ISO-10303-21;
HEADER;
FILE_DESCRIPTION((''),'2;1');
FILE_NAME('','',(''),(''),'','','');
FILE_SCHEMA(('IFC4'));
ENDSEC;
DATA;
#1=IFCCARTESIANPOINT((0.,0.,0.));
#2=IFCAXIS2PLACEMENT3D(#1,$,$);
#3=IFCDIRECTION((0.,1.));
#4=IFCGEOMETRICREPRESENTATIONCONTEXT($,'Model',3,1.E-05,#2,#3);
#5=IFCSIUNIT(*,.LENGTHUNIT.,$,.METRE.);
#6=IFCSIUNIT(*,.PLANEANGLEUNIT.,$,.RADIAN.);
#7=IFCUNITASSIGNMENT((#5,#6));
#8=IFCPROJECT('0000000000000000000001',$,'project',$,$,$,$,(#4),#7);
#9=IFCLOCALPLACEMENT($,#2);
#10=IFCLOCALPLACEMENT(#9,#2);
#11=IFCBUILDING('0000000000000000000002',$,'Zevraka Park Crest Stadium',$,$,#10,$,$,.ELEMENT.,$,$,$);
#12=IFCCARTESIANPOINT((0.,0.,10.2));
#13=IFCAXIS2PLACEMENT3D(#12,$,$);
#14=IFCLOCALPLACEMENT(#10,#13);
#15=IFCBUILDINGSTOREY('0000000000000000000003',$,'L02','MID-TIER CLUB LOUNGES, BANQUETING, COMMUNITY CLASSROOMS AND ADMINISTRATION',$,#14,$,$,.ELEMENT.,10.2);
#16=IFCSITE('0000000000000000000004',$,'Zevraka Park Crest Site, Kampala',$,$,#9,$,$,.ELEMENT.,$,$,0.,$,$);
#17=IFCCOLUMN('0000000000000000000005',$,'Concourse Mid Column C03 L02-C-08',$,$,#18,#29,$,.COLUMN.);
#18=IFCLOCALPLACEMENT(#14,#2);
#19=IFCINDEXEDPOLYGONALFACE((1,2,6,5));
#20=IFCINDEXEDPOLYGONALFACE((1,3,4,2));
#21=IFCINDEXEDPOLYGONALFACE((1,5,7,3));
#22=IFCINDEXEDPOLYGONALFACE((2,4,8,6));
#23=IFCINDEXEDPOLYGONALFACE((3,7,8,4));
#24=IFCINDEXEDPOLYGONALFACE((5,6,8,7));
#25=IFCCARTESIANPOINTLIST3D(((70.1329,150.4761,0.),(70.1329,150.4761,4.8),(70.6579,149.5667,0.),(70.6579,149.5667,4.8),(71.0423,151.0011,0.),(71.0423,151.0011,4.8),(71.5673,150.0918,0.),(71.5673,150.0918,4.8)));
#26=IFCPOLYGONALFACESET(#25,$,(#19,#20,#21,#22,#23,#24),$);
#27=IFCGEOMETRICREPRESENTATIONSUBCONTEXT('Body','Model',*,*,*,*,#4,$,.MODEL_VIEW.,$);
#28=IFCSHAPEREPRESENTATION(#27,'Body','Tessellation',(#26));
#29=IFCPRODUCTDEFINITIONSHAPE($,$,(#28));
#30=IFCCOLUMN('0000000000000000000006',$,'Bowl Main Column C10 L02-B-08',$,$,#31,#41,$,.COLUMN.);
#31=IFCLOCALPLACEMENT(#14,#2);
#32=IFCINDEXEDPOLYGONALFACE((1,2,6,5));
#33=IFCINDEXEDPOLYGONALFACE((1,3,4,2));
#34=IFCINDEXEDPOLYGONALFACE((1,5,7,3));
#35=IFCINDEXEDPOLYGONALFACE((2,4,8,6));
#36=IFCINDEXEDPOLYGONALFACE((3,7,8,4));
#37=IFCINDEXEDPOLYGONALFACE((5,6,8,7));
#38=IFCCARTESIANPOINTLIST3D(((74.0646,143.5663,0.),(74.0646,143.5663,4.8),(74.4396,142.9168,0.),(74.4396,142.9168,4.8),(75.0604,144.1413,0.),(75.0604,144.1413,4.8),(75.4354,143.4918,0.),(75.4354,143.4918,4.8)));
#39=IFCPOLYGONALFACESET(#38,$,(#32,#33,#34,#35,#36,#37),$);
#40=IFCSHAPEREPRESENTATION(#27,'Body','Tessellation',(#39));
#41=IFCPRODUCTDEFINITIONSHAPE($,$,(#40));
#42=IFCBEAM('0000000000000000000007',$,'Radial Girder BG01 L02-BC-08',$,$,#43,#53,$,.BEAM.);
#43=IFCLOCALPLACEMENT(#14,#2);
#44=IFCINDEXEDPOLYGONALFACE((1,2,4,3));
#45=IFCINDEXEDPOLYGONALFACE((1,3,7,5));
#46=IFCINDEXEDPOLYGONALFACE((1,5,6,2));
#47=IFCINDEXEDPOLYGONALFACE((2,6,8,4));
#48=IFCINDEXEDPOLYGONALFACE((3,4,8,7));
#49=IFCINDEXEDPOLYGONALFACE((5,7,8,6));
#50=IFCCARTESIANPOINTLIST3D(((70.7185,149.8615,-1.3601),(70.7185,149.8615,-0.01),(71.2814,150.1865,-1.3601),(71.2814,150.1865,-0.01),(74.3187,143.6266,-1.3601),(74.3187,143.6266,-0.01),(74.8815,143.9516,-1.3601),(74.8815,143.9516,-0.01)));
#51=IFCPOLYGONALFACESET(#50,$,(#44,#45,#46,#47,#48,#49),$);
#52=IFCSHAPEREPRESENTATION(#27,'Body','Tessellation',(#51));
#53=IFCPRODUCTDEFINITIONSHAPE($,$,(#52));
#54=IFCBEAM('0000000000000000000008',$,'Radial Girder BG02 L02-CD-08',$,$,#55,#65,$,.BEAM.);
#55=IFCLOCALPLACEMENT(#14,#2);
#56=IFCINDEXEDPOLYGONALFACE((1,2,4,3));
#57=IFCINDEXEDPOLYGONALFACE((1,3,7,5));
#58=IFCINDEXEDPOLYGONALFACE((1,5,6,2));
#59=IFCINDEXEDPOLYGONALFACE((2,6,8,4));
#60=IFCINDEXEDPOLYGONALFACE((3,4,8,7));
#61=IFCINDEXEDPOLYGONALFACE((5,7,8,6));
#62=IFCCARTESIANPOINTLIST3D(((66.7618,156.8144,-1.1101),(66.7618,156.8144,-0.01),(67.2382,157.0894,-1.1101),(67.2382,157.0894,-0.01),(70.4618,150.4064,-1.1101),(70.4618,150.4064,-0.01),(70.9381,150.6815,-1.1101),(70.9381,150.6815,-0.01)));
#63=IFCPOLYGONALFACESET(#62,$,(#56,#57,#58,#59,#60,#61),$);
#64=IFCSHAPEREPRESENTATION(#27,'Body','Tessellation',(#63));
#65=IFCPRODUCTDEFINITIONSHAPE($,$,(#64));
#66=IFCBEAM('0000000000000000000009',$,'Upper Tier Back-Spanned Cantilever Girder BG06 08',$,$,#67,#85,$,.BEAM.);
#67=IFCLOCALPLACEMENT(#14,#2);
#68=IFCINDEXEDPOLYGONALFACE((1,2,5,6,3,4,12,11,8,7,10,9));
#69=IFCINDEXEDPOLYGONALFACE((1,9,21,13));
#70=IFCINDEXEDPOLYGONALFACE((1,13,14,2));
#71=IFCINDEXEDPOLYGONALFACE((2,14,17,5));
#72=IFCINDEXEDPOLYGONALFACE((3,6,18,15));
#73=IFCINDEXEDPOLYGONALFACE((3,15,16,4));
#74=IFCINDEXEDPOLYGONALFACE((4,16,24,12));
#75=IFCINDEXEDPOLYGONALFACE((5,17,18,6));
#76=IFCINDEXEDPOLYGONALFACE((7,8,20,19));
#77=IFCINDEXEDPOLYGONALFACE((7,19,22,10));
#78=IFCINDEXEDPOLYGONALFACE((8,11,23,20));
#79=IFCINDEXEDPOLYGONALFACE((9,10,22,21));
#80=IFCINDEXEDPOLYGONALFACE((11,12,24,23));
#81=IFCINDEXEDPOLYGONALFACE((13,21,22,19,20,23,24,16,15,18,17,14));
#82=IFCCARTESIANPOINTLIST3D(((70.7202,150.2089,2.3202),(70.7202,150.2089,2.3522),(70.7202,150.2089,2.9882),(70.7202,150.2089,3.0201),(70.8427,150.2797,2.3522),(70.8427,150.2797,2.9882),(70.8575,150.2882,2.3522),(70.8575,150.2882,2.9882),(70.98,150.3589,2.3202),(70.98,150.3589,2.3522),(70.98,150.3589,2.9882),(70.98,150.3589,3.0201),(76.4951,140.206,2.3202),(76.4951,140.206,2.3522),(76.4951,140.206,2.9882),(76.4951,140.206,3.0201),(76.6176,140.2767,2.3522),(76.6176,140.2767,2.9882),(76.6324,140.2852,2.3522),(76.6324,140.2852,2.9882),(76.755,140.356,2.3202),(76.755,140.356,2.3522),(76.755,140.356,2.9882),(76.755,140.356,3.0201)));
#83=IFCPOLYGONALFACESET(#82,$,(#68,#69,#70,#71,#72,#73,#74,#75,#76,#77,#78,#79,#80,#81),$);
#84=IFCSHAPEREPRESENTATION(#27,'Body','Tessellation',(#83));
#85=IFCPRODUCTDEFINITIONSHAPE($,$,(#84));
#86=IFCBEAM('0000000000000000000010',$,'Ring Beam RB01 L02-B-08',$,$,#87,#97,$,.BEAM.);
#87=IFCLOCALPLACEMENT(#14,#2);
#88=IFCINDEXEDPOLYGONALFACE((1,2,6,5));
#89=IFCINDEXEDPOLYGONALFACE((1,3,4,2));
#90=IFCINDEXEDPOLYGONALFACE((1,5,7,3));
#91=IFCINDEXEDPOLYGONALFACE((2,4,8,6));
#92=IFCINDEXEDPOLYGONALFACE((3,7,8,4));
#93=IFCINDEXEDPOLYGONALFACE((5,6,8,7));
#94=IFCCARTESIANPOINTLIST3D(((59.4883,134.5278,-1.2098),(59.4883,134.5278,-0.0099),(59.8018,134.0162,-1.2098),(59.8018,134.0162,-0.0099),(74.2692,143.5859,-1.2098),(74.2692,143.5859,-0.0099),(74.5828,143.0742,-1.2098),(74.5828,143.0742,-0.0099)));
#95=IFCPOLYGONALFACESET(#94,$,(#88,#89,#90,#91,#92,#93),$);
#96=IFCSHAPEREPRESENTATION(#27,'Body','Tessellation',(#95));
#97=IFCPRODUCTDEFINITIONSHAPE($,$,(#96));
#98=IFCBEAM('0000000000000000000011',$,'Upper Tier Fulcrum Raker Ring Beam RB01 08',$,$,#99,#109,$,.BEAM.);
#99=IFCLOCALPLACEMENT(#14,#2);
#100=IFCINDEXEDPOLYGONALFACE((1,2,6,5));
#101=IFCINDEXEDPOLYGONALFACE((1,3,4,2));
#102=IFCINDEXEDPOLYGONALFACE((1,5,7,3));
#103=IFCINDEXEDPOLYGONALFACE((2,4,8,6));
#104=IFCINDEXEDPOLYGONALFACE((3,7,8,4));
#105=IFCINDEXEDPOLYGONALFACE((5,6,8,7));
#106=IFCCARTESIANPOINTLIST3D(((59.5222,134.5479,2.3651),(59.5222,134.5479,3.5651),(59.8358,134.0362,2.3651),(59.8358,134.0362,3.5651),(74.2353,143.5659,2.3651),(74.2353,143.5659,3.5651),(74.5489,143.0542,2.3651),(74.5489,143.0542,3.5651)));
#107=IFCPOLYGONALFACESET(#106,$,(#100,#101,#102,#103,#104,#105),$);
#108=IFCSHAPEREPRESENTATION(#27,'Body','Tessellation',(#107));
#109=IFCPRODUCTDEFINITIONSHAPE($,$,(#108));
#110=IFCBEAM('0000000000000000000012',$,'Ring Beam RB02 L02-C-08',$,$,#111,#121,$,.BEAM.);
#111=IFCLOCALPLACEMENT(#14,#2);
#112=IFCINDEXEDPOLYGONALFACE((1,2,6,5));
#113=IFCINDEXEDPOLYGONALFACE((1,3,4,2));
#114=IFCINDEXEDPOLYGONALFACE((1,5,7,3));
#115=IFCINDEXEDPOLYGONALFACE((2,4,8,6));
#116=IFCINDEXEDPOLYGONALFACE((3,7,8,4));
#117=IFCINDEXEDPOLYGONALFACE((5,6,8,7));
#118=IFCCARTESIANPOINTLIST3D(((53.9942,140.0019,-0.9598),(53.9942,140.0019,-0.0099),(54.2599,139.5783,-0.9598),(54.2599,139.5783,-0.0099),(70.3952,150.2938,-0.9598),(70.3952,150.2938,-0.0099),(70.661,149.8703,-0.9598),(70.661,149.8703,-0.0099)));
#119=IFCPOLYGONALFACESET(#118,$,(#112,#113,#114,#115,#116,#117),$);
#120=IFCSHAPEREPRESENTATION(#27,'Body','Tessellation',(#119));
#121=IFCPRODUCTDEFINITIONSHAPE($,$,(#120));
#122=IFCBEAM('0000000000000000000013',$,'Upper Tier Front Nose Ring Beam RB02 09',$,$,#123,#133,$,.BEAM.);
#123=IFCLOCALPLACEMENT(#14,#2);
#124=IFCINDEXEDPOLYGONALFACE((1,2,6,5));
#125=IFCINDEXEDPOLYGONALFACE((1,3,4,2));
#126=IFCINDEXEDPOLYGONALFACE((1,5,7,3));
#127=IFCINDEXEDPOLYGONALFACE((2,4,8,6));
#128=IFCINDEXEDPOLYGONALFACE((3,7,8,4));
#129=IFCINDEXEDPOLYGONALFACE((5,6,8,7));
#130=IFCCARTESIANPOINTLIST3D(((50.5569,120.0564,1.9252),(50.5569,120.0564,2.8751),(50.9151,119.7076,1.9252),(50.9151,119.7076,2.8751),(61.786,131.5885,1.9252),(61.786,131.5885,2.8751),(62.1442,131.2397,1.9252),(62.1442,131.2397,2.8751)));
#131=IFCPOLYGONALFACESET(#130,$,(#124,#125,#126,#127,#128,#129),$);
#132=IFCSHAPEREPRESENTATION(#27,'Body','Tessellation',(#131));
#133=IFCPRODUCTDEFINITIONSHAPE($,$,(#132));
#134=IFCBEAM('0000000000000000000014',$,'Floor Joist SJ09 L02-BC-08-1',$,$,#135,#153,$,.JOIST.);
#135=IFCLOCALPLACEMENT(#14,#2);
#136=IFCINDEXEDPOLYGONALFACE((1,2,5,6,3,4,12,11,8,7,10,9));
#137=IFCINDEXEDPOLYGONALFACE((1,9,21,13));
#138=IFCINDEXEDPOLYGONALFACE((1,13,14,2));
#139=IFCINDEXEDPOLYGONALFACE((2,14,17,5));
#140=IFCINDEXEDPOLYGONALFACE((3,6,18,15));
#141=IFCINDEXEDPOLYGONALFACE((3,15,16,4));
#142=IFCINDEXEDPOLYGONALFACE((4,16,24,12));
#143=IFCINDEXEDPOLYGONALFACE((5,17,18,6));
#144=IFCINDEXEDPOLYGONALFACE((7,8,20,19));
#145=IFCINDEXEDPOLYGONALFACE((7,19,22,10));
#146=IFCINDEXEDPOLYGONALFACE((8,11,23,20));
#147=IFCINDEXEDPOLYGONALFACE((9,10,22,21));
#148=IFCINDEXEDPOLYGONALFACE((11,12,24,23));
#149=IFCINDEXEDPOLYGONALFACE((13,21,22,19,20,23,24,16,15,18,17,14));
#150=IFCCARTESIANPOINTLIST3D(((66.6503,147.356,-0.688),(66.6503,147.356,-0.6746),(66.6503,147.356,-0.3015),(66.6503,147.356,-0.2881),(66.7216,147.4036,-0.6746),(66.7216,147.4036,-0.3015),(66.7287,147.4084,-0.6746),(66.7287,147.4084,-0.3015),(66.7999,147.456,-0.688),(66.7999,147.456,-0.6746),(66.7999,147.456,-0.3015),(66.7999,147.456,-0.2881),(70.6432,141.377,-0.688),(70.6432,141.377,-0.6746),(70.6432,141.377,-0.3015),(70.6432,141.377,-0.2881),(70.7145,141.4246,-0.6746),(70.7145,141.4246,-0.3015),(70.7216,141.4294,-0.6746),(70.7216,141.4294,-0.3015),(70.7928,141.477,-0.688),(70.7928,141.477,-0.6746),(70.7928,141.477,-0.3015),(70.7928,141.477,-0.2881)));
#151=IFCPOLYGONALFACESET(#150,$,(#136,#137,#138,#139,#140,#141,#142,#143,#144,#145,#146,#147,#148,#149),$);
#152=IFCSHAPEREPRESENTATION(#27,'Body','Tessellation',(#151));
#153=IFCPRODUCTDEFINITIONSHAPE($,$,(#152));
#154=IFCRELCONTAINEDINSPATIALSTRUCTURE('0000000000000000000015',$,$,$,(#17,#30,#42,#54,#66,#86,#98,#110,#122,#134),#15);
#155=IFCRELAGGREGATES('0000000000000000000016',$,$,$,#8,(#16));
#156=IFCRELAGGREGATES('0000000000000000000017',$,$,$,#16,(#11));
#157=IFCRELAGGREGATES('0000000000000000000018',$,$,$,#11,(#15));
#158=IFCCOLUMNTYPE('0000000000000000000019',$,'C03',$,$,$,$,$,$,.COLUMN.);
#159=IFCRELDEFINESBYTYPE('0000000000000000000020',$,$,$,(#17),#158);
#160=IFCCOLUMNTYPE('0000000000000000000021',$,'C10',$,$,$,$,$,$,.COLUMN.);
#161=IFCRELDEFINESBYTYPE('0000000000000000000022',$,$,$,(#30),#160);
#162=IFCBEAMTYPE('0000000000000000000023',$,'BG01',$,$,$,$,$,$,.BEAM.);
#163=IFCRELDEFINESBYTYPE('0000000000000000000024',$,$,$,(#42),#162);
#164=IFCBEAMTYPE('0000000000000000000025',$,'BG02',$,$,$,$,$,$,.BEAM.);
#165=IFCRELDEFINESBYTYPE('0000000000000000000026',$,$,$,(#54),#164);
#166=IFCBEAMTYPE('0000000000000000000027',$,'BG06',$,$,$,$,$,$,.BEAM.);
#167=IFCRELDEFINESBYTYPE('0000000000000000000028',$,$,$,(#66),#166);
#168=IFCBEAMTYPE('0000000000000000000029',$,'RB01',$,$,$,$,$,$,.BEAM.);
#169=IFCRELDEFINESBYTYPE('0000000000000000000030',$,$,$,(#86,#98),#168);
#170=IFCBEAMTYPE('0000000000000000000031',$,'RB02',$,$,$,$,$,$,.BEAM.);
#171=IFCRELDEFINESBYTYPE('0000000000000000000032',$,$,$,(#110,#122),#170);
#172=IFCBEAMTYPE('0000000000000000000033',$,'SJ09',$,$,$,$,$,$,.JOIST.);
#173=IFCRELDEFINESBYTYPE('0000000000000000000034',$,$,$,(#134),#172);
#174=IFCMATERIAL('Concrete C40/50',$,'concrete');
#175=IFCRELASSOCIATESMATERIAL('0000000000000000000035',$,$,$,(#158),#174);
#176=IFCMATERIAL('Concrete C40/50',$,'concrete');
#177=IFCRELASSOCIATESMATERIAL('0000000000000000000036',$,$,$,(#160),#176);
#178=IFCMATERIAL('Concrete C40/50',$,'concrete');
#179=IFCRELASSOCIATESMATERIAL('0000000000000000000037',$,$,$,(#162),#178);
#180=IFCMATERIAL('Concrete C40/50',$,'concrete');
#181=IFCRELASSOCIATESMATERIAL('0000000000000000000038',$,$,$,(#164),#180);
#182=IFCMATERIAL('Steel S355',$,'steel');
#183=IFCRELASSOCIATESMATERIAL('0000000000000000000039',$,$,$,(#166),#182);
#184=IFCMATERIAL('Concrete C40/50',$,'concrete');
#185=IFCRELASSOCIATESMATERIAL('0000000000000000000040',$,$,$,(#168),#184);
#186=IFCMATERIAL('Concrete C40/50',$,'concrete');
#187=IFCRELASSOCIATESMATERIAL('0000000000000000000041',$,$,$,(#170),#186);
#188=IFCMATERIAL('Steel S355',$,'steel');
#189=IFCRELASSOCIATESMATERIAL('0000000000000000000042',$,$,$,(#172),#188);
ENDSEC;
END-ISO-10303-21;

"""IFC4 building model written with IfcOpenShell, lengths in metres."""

from ifc_helpers import new_model, si_unit, direction, frame, origin, origin_2d, place, context, subcontext, project, spatial, rectangle, i_section, extrude, material, material_profile, profile_set, type_object, element, save


model = new_model("IFC4")

# Units and contexts
model_context = context("Model", 3, precision=1e-05, world=origin(), true_north=direction((0.0, 1.0)))
body_context = subcontext(model_context, "Body", "Model", "MODEL_VIEW")
ifc_project = project(units=[si_unit("LENGTHUNIT", "METRE"), si_unit("PLANEANGLEUNIT", "RADIAN")], contexts=[model_context])

# Site, building, storey
site_placement = place(None, origin())
site = spatial("IfcSite", under=ifc_project, at=site_placement, Name="Zevraka Park Crest Site, Kampala", CompositionType="ELEMENT", RefElevation=0.0)
building_placement = place(site_placement, origin())
building = spatial("IfcBuilding", under=site, at=building_placement, Name="Zevraka Park Crest Stadium", CompositionType="ELEMENT")
storey_placement = place(building_placement, frame((0.0, 0.0, 10.2)))
storey = spatial("IfcBuildingStorey", under=building, at=storey_placement, Name="L02", Description="MID-TIER CLUB LOUNGES, BANQUETING, COMMUNITY CLASSROOMS AND ADMINISTRATION", CompositionType="ELEMENT", Elevation=10.2)

# Columns
ifc_material_1 = material(Name="Concrete C40/50", Category="concrete")
ifc_material_profile_1 = material_profile(ifc_material_1, rectangle(XDim=1.05, YDim=1.05, at=origin_2d()), Name="RC 1050x1050")
ifc_profile_set_1 = profile_set([ifc_material_profile_1], Name="Concrete C40/50")
column_type_1 = type_object("IfcColumnType", Name="C03", PredefinedType="COLUMN", material=ifc_profile_set_1)
column_1_placement = place(storey_placement, frame((70.8501, 150.2839, 0.0), z_axis=(0.0, 0.0, 1.0), x_axis=(-0.5, 0.866025, 0.0)))
element("IfcColumn", 1, at=column_1_placement, inside=storey, type_object=column_type_1, Name="Concourse Mid Column C03 L02-C-08", PredefinedType="COLUMN", context=body_context, shape_type="SweptSolid", body=[
    extrude(rectangle(XDim=1.05, YDim=1.05, at=origin_2d()), origin(), (0.0, 0.0, 1.0), 4.8),
])
ifc_material_2 = material(Name="Concrete C40/50", Category="concrete")
ifc_material_profile_2 = material_profile(ifc_material_2, rectangle(XDim=0.75, YDim=1.1499, at=origin_2d()), Name="RC 1150x750")
ifc_profile_set_2 = profile_set([ifc_material_profile_2], Name="Concrete C40/50")
column_type_2 = type_object("IfcColumnType", Name="C10", PredefinedType="COLUMN", material=ifc_profile_set_2)
column_2_placement = place(storey_placement, frame((74.75, 143.5291, 0.0), z_axis=(0.0, 0.0, 1.0), x_axis=(-0.5, 0.866025, 0.0)))
element("IfcColumn", 2, at=column_2_placement, inside=storey, type_object=column_type_2, Name="Bowl Main Column C10 L02-B-08", PredefinedType="COLUMN", context=body_context, shape_type="SweptSolid", body=[
    extrude(rectangle(XDim=0.75, YDim=1.1499, at=origin_2d()), origin(), (0.0, 0.0, 1.0), 4.8),
])

# Beams
ifc_material_3 = material(Name="Concrete C40/50", Category="concrete")
ifc_material_profile_3 = material_profile(ifc_material_3, rectangle(XDim=0.6499, YDim=1.3501, at=origin_2d()), Name="RC 1350x650")
ifc_profile_set_3 = profile_set([ifc_material_profile_3], Name="Concrete C40/50")
beam_type_1 = type_object("IfcBeamType", Name="BG01", PredefinedType="BEAM", material=ifc_profile_set_3)
beam_1_placement = place(storey_placement, frame((74.6001, 143.7891, -0.6851), z_axis=(-0.500041, 0.866001, 0.0), x_axis=(-0.866001, -0.500041, 0.0)))
element("IfcBeam", 3, at=beam_1_placement, inside=storey, type_object=beam_type_1, Name="Radial Girder BG01 L02-BC-08", PredefinedType="BEAM", context=body_context, shape_type="SweptSolid", body=[
    extrude(rectangle(XDim=0.6499, YDim=1.3501, at=origin_2d()), origin(), (0.0, 0.0, 1.0), 7.1997),
])
ifc_material_4 = material(Name="Concrete C40/50", Category="concrete")
ifc_material_profile_4 = material_profile(ifc_material_4, rectangle(XDim=0.55, YDim=1.1001, at=origin_2d()), Name="RC 1100x550")
ifc_profile_set_4 = profile_set([ifc_material_profile_4], Name="Concrete C40/50")
beam_type_2 = type_object("IfcBeamType", Name="BG02", PredefinedType="BEAM", material=ifc_profile_set_4)
beam_2_placement = place(storey_placement, frame((70.7, 150.5439, -0.5601), z_axis=(-0.500032, 0.866007, 0.0), x_axis=(-0.866007, -0.500032, 0.0)))
element("IfcBeam", 4, at=beam_2_placement, inside=storey, type_object=beam_type_2, Name="Radial Girder BG02 L02-CD-08", PredefinedType="BEAM", context=body_context, shape_type="SweptSolid", body=[
    extrude(rectangle(XDim=0.55, YDim=1.1001, at=origin_2d()), origin(), (0.0, 0.0, 1.0), 7.3994),
])
ifc_material_5 = material(Name="Steel S355", Category="steel")
ifc_material_profile_5 = material_profile(ifc_material_5, i_section(OverallWidth=0.3, OverallDepth=0.7, WebThickness=0.0171, FlangeThickness=0.032, at=origin_2d()), Name="HEB 700")
ifc_profile_set_5 = profile_set([ifc_material_profile_5], Name="Steel S355")
beam_type_3 = type_object("IfcBeamType", Name="BG06", PredefinedType="BEAM", material=ifc_profile_set_5)
beam_3_placement = place(storey_placement, frame((70.8501, 150.2839, 2.6702), z_axis=(0.499981, -0.866036, 0.0), x_axis=(0.866036, 0.499981, 0.0)))
element("IfcBeam", 5, at=beam_3_placement, inside=storey, type_object=beam_type_3, Name="Upper Tier Back-Spanned Cantilever Girder BG06 08", PredefinedType="BEAM", context=body_context, shape_type="SweptSolid", body=[
    extrude(i_section(OverallWidth=0.3, OverallDepth=0.7, WebThickness=0.0171, FlangeThickness=0.032, at=origin_2d()), origin(), (0.0, 0.0, 1.0), 11.5503),
])
ifc_material_6 = material(Name="Concrete C40/50", Category="concrete")
ifc_material_profile_6 = material_profile(ifc_material_6, rectangle(XDim=0.6001, YDim=1.2, at=origin_2d()), Name="RC 1200x600")
ifc_profile_set_6 = profile_set([ifc_material_profile_6], Name="Concrete C40/50")
beam_type_4 = type_object("IfcBeamType", Name="RB01", PredefinedType="BEAM", material=ifc_profile_set_6)
beam_4_placement = place(storey_placement, frame((74.426, 143.3301, -0.6099), z_axis=(-0.852633, -0.522511, 0.0), x_axis=(0.522511, -0.852633, 0.0)))
element("IfcBeam", 6, at=beam_4_placement, inside=storey, type_object=beam_type_4, Name="Ring Beam RB01 L02-B-08", PredefinedType="BEAM", context=body_context, shape_type="SweptSolid", body=[
    extrude(rectangle(XDim=0.6001, YDim=1.2, at=origin_2d()), origin(), (0.0, 0.0, 1.0), 17.3357),
])
beam_5_placement = place(storey_placement, frame((74.3921, 143.3101, 2.9651), z_axis=(-0.852593, -0.522576, 0.0), x_axis=(0.522576, -0.852593, 0.0)))
element("IfcBeam", 7, at=beam_5_placement, inside=storey, type_object=beam_type_4, Name="Upper Tier Fulcrum Raker Ring Beam RB01 08", PredefinedType="BEAM", context=body_context, shape_type="SweptSolid", body=[
    extrude(rectangle(XDim=0.6001, YDim=1.2, at=origin_2d()), origin(), (0.0, 0.0, 1.0), 17.2568),
])
ifc_material_7 = material(Name="Concrete C40/50", Category="concrete")
ifc_material_profile_7 = material_profile(ifc_material_7, rectangle(XDim=0.5, YDim=0.95, at=origin_2d()), Name="RC 950x500")
ifc_profile_set_7 = profile_set([ifc_material_profile_7], Name="Concrete C40/50")
beam_type_5 = type_object("IfcBeamType", Name="RB02", PredefinedType="BEAM", material=ifc_profile_set_7)
beam_6_placement = place(storey_placement, frame((70.5281, 150.082, -0.4849), z_axis=(-0.847039, -0.531532, 0.0), x_axis=(0.531532, -0.847039, 0.0)))
element("IfcBeam", 8, at=beam_6_placement, inside=storey, type_object=beam_type_5, Name="Ring Beam RB02 L02-C-08", PredefinedType="BEAM", context=body_context, shape_type="SweptSolid", body=[
    extrude(rectangle(XDim=0.5, YDim=0.95, at=origin_2d()), origin(), (0.0, 0.0, 1.0), 19.3628),
])
beam_7_placement = place(storey_placement, frame((61.9651, 131.4141, 2.4001), z_axis=(-0.697632, -0.716456, 0.0), x_axis=(0.716456, -0.697632, 0.0)))
element("IfcBeam", 9, at=beam_7_placement, inside=storey, type_object=beam_type_5, Name="Upper Tier Front Nose Ring Beam RB02 09", PredefinedType="BEAM", context=body_context, shape_type="SweptSolid", body=[
    extrude(rectangle(XDim=0.5, YDim=0.95, at=origin_2d()), origin(), (0.0, 0.0, 1.0), 16.0959),
])
ifc_material_8 = material(Name="Steel S355", Category="steel")
ifc_material_profile_8 = material_profile(ifc_material_8, i_section(OverallWidth=0.1799, OverallDepth=0.3999, WebThickness=0.0085, FlangeThickness=0.0134, at=origin_2d()), Name="IPE 400")
ifc_profile_set_8 = profile_set([ifc_material_profile_8], Name="Steel S355")
beam_type_6 = type_object("IfcBeamType", Name="SJ09", PredefinedType="JOIST", material=ifc_profile_set_8)
beam_8_placement = place(storey_placement, frame((70.718, 141.427, -0.488), z_axis=(-0.555366, 0.831606, 0.0), x_axis=(-0.831606, -0.555366, 0.0)))
element("IfcBeam", 10, at=beam_8_placement, inside=storey, type_object=beam_type_6, Name="Floor Joist SJ09 L02-BC-08-1", PredefinedType="JOIST", context=body_context, shape_type="SweptSolid", body=[
    extrude(i_section(OverallWidth=0.1799, OverallDepth=0.3999, WebThickness=0.0085, FlangeThickness=0.0134, at=origin_2d()), origin(), (0.0, 0.0, 1.0), 7.1897),
])

save(model, "model.ifc")
